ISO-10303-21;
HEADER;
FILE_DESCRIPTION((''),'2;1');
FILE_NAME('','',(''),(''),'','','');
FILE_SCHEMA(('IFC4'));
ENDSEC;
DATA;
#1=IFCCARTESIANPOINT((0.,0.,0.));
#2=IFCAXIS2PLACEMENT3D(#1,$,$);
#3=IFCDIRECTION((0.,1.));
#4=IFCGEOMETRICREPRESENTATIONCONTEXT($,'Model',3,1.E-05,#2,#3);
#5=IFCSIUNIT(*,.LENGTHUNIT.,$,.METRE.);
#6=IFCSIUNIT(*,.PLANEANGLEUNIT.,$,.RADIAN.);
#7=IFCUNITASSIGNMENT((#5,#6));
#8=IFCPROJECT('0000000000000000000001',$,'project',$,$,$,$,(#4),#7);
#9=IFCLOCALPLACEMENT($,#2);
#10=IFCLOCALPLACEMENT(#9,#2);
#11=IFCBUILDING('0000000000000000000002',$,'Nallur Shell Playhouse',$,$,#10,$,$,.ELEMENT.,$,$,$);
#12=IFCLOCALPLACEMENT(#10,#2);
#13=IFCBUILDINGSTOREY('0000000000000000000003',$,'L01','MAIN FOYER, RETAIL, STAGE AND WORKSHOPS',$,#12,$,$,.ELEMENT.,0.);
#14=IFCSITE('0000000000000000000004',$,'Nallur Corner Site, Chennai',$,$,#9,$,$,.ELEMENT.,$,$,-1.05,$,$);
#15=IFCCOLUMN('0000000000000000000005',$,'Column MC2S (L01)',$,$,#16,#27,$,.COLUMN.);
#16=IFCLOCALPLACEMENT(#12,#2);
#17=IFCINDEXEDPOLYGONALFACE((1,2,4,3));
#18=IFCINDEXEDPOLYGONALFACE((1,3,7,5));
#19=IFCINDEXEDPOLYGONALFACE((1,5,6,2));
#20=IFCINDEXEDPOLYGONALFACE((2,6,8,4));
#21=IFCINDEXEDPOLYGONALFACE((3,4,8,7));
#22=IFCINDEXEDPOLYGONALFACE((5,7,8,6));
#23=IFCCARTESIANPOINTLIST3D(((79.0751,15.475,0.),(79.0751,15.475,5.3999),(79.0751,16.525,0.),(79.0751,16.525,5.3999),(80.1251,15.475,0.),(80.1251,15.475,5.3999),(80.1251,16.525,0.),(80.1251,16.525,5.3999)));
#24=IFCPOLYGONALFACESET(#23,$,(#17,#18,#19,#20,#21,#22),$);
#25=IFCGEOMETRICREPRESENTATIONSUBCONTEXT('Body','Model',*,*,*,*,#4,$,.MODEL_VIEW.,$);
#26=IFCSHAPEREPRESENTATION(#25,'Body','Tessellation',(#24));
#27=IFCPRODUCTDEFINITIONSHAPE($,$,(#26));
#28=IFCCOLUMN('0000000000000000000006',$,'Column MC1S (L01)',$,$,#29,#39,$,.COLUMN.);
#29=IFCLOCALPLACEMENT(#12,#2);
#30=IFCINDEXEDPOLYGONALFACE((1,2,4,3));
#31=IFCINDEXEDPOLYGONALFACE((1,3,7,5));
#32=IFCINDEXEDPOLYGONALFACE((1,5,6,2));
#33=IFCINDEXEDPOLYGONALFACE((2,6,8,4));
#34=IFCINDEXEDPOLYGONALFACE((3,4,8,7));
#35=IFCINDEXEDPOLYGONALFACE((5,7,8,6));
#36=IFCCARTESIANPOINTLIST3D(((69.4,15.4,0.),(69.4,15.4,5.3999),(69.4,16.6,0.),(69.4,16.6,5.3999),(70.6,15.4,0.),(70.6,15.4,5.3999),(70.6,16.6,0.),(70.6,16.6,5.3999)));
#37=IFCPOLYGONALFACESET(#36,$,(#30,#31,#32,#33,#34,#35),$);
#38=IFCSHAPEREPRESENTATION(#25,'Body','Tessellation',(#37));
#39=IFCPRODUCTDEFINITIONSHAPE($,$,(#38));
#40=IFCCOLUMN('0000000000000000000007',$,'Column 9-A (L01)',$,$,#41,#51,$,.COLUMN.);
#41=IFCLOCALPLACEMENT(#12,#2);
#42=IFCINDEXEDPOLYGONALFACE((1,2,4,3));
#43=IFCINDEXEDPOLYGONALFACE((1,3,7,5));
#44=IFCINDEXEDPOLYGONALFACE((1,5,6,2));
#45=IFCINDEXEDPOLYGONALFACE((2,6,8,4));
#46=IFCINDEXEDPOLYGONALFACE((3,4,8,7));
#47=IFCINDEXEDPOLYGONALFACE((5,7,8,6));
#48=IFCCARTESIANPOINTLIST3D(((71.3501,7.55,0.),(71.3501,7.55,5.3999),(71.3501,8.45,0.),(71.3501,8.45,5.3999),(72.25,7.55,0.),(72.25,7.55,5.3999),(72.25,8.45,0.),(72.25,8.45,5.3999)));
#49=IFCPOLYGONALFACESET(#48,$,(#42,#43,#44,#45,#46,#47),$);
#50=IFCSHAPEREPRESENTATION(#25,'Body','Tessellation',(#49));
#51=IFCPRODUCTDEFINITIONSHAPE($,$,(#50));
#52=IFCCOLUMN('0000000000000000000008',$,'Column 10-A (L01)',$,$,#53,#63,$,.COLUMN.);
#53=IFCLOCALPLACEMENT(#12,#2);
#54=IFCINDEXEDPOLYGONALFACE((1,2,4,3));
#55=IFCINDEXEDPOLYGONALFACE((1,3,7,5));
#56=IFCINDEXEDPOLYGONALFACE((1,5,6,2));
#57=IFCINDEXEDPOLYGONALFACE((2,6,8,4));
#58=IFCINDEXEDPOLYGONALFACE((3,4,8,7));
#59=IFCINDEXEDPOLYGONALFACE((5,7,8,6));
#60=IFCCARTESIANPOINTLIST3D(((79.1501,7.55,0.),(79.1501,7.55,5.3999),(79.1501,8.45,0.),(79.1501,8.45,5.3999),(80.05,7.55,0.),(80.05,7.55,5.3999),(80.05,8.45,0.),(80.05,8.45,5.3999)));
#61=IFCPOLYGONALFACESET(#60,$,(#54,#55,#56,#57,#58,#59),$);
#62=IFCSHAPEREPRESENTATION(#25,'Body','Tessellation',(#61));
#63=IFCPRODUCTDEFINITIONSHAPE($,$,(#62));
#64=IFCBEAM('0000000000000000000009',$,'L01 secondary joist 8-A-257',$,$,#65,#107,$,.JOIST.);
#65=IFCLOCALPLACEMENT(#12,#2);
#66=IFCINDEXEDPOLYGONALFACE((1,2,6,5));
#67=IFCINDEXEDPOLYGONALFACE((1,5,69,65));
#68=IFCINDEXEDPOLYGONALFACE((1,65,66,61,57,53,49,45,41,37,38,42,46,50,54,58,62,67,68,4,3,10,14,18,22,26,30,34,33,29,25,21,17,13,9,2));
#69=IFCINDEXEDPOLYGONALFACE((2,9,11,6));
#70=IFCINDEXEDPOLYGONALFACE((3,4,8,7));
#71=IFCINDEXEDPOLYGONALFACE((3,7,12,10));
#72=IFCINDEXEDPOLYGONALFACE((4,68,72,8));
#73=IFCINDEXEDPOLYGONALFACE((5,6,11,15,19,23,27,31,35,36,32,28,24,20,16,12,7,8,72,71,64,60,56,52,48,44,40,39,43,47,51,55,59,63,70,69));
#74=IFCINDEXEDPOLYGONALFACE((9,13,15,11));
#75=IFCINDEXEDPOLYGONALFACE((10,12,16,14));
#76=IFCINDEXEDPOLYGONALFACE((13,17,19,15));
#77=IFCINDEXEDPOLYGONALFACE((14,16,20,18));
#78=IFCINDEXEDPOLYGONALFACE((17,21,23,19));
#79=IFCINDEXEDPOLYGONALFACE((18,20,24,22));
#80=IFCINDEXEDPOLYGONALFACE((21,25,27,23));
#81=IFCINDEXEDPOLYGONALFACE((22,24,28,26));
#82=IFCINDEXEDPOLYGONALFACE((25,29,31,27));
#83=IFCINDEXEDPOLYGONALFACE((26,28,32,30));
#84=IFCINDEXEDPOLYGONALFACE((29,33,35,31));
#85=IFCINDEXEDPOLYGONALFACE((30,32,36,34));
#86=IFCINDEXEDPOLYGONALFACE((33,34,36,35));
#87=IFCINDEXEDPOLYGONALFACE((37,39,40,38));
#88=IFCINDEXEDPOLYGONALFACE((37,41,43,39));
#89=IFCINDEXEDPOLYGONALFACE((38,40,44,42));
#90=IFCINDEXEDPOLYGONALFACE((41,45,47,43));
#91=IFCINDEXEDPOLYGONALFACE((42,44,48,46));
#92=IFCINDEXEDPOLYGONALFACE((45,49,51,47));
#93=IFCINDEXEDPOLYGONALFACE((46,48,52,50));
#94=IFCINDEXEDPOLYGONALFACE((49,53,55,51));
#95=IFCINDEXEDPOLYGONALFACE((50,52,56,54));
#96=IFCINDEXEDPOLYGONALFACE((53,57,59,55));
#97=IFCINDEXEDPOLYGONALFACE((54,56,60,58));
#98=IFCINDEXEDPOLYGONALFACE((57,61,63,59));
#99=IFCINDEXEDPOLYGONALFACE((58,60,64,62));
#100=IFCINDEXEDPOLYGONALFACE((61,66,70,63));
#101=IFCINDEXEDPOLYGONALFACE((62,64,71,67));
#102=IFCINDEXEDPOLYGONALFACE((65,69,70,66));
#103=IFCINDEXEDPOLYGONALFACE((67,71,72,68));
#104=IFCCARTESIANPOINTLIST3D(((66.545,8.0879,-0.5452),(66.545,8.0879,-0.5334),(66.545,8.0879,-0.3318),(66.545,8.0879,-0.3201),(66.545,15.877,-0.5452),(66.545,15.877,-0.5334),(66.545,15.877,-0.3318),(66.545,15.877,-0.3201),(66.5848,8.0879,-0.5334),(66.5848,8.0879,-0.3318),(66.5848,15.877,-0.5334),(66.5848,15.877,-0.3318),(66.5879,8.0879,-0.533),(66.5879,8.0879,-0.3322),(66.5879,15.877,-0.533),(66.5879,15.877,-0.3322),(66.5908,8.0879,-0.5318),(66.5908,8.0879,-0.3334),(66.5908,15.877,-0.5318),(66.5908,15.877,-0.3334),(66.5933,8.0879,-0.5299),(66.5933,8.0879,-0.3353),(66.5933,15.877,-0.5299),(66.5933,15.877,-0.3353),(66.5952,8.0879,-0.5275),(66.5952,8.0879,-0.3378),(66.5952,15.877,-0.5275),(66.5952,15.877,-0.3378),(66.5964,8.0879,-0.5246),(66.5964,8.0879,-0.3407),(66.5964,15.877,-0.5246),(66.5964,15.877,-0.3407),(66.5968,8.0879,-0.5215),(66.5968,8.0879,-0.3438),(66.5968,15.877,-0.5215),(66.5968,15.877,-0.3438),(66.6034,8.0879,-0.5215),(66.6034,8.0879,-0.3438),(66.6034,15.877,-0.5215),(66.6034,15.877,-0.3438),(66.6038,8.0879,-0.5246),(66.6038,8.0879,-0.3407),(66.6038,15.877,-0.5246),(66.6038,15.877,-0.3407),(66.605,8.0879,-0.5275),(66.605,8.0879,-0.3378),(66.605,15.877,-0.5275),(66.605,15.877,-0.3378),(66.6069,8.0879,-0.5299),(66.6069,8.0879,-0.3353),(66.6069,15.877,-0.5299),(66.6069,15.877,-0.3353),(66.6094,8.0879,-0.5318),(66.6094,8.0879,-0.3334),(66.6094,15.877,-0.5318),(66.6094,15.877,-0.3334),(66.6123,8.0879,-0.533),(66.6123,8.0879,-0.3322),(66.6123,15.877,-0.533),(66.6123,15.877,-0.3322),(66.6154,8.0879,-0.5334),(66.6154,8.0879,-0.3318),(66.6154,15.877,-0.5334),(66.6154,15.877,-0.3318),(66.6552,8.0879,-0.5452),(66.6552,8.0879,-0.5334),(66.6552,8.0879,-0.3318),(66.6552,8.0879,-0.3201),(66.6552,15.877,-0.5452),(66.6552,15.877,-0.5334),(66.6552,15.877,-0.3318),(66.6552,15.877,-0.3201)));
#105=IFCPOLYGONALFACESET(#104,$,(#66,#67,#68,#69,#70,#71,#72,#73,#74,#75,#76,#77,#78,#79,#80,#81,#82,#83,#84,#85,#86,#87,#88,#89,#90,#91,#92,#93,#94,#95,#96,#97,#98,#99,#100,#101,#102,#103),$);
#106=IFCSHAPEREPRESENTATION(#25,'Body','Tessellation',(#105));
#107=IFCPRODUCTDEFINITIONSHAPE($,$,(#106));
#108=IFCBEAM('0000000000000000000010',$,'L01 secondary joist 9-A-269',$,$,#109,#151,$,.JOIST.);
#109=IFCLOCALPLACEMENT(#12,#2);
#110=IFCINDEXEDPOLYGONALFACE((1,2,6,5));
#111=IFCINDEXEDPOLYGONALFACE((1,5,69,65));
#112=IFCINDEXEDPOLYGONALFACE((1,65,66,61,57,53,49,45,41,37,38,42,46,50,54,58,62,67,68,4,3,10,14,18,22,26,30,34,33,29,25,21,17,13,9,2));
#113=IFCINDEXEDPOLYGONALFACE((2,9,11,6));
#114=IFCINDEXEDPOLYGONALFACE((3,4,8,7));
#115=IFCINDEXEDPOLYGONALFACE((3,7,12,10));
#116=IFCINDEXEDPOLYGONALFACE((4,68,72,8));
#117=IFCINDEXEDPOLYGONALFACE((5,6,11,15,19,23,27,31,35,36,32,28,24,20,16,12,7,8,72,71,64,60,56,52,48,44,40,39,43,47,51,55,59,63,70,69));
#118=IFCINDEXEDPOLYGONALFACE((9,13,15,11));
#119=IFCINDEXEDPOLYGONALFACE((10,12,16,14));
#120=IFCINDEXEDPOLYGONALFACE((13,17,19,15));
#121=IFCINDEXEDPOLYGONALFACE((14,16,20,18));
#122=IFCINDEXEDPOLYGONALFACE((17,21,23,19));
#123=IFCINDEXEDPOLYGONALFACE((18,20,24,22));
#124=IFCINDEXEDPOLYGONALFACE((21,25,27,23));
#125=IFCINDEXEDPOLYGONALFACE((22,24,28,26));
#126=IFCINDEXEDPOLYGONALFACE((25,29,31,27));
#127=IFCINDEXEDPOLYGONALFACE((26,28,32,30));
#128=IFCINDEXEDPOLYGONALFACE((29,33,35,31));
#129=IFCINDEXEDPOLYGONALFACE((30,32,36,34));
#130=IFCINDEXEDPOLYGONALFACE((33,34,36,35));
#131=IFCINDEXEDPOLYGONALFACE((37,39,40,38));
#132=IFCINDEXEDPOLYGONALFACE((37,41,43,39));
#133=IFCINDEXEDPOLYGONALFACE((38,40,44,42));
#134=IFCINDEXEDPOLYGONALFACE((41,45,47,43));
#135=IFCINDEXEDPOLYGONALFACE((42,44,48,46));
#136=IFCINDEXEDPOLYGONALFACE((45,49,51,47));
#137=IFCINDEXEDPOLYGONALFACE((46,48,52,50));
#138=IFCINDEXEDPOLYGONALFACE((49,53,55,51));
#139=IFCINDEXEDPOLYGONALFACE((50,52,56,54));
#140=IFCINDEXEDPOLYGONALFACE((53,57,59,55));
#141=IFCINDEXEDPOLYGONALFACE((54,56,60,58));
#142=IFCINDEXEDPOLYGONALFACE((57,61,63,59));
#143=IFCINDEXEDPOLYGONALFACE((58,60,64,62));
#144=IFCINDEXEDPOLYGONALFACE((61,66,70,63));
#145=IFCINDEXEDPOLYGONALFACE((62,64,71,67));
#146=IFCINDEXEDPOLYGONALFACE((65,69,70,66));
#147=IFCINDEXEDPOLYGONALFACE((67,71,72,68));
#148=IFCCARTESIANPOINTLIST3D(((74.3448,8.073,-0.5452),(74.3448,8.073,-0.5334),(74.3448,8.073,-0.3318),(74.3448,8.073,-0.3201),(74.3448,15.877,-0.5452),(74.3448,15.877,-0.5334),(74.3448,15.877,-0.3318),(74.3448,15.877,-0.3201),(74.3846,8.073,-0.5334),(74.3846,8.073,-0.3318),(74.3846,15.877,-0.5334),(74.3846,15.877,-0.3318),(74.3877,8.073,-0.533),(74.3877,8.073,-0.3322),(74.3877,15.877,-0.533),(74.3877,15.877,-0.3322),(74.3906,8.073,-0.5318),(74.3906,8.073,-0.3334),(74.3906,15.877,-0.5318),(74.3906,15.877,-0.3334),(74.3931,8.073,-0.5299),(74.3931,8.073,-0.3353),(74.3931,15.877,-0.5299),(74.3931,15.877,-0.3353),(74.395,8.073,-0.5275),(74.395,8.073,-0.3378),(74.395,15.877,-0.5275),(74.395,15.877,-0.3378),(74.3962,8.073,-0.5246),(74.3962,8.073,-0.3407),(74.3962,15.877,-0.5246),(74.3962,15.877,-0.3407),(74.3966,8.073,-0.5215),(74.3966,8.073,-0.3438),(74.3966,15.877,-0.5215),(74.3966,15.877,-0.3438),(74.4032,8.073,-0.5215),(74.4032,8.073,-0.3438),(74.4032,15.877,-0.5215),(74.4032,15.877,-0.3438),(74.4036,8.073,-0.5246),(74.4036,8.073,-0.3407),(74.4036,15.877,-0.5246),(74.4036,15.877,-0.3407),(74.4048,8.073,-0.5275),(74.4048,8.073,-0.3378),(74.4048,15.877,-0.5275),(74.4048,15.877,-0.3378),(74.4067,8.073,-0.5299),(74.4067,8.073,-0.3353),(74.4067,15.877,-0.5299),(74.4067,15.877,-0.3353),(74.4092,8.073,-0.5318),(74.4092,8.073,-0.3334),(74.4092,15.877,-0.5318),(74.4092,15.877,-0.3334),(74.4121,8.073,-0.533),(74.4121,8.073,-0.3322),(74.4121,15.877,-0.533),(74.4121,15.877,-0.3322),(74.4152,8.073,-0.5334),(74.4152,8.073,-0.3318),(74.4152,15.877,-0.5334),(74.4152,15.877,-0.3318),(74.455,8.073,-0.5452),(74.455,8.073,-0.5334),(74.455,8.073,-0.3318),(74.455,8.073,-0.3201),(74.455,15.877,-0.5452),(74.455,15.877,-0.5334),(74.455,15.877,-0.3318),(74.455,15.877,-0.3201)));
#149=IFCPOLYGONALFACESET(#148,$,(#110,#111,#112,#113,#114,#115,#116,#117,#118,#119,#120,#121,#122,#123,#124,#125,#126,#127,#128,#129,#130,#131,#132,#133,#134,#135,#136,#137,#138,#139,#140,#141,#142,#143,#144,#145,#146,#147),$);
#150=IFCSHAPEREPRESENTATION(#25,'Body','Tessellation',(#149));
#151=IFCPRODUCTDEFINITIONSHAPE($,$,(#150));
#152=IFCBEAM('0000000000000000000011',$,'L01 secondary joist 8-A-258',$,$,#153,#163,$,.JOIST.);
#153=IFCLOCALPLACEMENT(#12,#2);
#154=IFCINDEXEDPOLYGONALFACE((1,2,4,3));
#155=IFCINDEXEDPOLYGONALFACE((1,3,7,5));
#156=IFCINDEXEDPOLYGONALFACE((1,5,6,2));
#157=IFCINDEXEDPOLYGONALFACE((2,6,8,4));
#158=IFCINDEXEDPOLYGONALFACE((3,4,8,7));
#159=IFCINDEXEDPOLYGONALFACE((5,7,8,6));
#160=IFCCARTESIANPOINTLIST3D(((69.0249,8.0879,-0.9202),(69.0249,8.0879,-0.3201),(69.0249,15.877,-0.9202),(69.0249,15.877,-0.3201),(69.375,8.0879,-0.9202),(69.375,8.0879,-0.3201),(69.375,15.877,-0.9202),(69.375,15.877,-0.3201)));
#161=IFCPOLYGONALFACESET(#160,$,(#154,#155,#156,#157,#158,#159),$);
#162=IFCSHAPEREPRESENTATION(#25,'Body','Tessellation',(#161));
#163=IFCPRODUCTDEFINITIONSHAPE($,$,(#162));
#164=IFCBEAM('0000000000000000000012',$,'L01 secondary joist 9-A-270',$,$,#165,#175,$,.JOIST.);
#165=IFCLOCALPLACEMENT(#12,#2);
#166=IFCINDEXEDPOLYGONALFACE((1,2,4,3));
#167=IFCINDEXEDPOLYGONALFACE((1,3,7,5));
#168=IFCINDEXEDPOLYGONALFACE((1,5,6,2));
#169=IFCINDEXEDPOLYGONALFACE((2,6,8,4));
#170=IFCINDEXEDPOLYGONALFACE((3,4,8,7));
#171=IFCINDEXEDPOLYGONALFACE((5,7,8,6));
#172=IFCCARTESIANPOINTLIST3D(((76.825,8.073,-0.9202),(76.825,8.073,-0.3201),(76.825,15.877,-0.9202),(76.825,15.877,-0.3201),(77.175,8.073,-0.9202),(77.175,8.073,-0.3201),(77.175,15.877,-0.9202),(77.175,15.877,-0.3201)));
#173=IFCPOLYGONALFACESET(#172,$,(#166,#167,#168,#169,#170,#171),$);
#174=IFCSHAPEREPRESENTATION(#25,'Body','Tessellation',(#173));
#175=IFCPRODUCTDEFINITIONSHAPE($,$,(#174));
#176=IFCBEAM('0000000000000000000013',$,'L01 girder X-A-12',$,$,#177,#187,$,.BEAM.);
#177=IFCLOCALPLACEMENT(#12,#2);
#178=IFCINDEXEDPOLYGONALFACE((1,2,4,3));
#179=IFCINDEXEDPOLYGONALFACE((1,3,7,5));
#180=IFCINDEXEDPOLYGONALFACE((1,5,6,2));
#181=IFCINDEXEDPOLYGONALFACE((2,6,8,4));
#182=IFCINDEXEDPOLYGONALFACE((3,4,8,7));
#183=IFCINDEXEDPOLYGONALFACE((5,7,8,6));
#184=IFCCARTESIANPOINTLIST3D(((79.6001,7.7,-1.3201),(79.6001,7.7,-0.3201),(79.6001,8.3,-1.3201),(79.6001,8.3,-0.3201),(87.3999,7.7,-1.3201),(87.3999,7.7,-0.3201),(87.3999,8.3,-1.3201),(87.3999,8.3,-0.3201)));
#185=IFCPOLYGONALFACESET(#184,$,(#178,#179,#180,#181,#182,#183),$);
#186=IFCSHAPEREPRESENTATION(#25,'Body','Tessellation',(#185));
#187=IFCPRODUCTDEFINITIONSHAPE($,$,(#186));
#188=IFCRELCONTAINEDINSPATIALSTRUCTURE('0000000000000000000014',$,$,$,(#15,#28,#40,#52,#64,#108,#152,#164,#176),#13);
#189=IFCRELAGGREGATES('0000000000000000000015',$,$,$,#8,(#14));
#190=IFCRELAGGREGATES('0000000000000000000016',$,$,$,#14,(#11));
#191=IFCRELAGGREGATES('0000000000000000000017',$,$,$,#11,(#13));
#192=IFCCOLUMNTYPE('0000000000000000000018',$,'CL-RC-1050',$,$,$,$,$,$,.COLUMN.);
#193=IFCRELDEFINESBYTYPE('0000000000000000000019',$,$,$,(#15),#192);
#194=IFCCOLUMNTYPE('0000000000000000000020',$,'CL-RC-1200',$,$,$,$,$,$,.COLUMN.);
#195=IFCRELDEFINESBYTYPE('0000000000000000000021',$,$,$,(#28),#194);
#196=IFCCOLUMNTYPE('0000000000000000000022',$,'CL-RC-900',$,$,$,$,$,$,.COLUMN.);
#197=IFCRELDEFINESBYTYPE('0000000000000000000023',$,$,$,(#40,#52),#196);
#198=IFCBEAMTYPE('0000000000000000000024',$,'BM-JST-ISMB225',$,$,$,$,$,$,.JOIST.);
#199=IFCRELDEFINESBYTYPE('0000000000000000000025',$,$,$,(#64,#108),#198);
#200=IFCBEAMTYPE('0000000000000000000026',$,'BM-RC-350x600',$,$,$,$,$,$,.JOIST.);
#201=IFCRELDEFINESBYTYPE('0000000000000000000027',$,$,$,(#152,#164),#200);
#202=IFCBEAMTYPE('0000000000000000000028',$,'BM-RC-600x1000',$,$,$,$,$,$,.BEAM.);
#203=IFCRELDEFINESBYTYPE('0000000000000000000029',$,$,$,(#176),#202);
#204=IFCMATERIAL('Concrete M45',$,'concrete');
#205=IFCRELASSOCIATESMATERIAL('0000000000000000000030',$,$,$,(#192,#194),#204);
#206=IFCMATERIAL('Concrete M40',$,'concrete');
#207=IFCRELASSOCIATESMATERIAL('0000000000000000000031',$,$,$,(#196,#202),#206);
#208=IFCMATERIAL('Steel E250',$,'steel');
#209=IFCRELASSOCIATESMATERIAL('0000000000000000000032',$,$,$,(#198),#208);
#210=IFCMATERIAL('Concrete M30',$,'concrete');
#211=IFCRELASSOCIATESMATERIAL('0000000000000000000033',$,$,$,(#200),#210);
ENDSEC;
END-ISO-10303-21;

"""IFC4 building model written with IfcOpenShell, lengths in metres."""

from ifc_helpers import new_model, si_unit, direction, frame, origin, origin_2d, place, context, subcontext, project, spatial, rectangle, i_section, extrude, material, material_profile, profile_set, type_object, element, save


model = new_model("IFC4")

# Units and contexts
model_context = context("Model", 3, precision=1e-05, world=origin(), true_north=direction((0.0, 1.0)))
body_context = subcontext(model_context, "Body", "Model", "MODEL_VIEW")
ifc_project = project(units=[si_unit("LENGTHUNIT", "METRE"), si_unit("PLANEANGLEUNIT", "RADIAN")], contexts=[model_context])

# Site, building, storey
site_placement = place(None, origin())
site = spatial("IfcSite", under=ifc_project, at=site_placement, Name="Nallur Corner Site, Chennai", CompositionType="ELEMENT", RefElevation=-1.05)
building_placement = place(site_placement, origin())
building = spatial("IfcBuilding", under=site, at=building_placement, Name="Nallur Shell Playhouse", CompositionType="ELEMENT")
storey_placement = place(building_placement, origin())
storey = spatial("IfcBuildingStorey", under=building, at=storey_placement, Name="L01", Description="MAIN FOYER, RETAIL, STAGE AND WORKSHOPS", CompositionType="ELEMENT", Elevation=0.0)

# Columns
ifc_material_1 = material(Name="Concrete M45", Category="concrete")
ifc_material_profile_1 = material_profile(ifc_material_1, rectangle(XDim=1.05, YDim=1.05, at=origin_2d()), Name="RC 1050x1050")
ifc_profile_set_1 = profile_set([ifc_material_profile_1], Name="Concrete M45")
column_type_1 = type_object("IfcColumnType", Name="CL-RC-1050", PredefinedType="COLUMN", material=ifc_profile_set_1)
column_1_placement = place(storey_placement, frame((79.6001, 16.0, 0.0), z_axis=(0.0, 0.0, 1.0), x_axis=(1.0, 0.0, 0.0)))
element("IfcColumn", 1, at=column_1_placement, inside=storey, type_object=column_type_1, Name="Column MC2S (L01)", PredefinedType="COLUMN", context=body_context, shape_type="SweptSolid", body=[
    extrude(rectangle(XDim=1.05, YDim=1.05, at=origin_2d()), origin(), (0.0, 0.0, 1.0), 5.3999),
])
ifc_material_profile_2 = material_profile(ifc_material_1, rectangle(XDim=1.2, YDim=1.2, at=origin_2d()), Name="RC 1200x1200")
ifc_profile_set_2 = profile_set([ifc_material_profile_2], Name="Concrete M45")
column_type_2 = type_object("IfcColumnType", Name="CL-RC-1200", PredefinedType="COLUMN", material=ifc_profile_set_2)
column_2_placement = place(storey_placement, frame((70.0, 16.0, 0.0), z_axis=(0.0, 0.0, 1.0), x_axis=(1.0, 0.0, 0.0)))
element("IfcColumn", 2, at=column_2_placement, inside=storey, type_object=column_type_2, Name="Column MC1S (L01)", PredefinedType="COLUMN", context=body_context, shape_type="SweptSolid", body=[
    extrude(rectangle(XDim=1.2, YDim=1.2, at=origin_2d()), origin(), (0.0, 0.0, 1.0), 5.3999),
])
ifc_material_2 = material(Name="Concrete M40", Category="concrete")
ifc_material_profile_3 = material_profile(ifc_material_2, rectangle(XDim=0.8999, YDim=0.8999, at=origin_2d()), Name="RC 900x900")
ifc_profile_set_3 = profile_set([ifc_material_profile_3], Name="Concrete M40")
column_type_3 = type_object("IfcColumnType", Name="CL-RC-900", PredefinedType="COLUMN", material=ifc_profile_set_3)
for number, where, z_axis, x_axis, name in (
    (3, (71.8, 8.0, 0.0), (0.0, 0.0, 1.0), (1.0, 0.0, 0.0), "Column 9-A (L01)"),
    (4, (79.6001, 8.0, 0.0), (0.0, 0.0, 1.0), (1.0, 0.0, 0.0), "Column 10-A (L01)"),
):
    element("IfcColumn", number, at=place(storey_placement, frame(where, z_axis=z_axis, x_axis=x_axis)), inside=storey, type_object=column_type_3, Name=name, PredefinedType="COLUMN", context=body_context, shape_type="SweptSolid", body=[
        extrude(rectangle(XDim=0.8999, YDim=0.8999, at=origin_2d()), origin(), (0.0, 0.0, 1.0), 5.3999),
    ])

# Beams
ifc_material_3 = material(Name="Steel E250", Category="steel")
ifc_material_profile_4 = material_profile(ifc_material_3, i_section(OverallWidth=0.1101, OverallDepth=0.2251, WebThickness=0.0066, FlangeThickness=0.0117, FilletRadius=0.012, at=origin_2d()), Name="ISMB 225")
ifc_profile_set_4 = profile_set([ifc_material_profile_4], Name="Steel E250")
beam_type_1 = type_object("IfcBeamType", Name="BM-JST-ISMB225", PredefinedType="JOIST", material=ifc_profile_set_4)
beam_1_placement = place(storey_placement, frame((66.6001, 8.0879, -0.4326), z_axis=(0.0, 1.0, 0.0), x_axis=(-1.0, 0.0, 0.0)))
element("IfcBeam", 5, at=beam_1_placement, inside=storey, type_object=beam_type_1, Name="L01 secondary joist 8-A-257", PredefinedType="JOIST", context=body_context, shape_type="SweptSolid", body=[
    extrude(i_section(OverallWidth=0.1101, OverallDepth=0.2251, WebThickness=0.0066, FlangeThickness=0.0117, FilletRadius=0.012, at=origin_2d()), origin(), (0.0, 0.0, 1.0), 7.7891),
])
beam_2_placement = place(storey_placement, frame((74.3999, 8.073, -0.4326), z_axis=(0.0, 1.0, 0.0), x_axis=(-1.0, 0.0, 0.0)))
element("IfcBeam", 6, at=beam_2_placement, inside=storey, type_object=beam_type_1, Name="L01 secondary joist 9-A-269", PredefinedType="JOIST", context=body_context, shape_type="SweptSolid", body=[
    extrude(i_section(OverallWidth=0.1101, OverallDepth=0.2251, WebThickness=0.0066, FlangeThickness=0.0117, FilletRadius=0.012, at=origin_2d()), origin(), (0.0, 0.0, 1.0), 7.804),
])
ifc_material_4 = material(Name="Concrete M30", Category="concrete")
ifc_material_profile_5 = material_profile(ifc_material_4, rectangle(XDim=0.3501, YDim=0.6001, at=origin_2d()), Name="RC 350x600")
ifc_profile_set_5 = profile_set([ifc_material_profile_5], Name="Concrete M30")
beam_type_2 = type_object("IfcBeamType", Name="BM-RC-350x600", PredefinedType="JOIST", material=ifc_profile_set_5)
beam_3_placement = place(storey_placement, frame((69.2, 8.0879, -0.6201), z_axis=(0.0, 1.0, 0.0), x_axis=(-1.0, 0.0, 0.0)))
element("IfcBeam", 7, at=beam_3_placement, inside=storey, type_object=beam_type_2, Name="L01 secondary joist 8-A-258", PredefinedType="JOIST", context=body_context, shape_type="SweptSolid", body=[
    extrude(rectangle(XDim=0.3501, YDim=0.6001, at=origin_2d()), origin(), (0.0, 0.0, 1.0), 7.7891),
])
beam_4_placement = place(storey_placement, frame((77.0, 8.073, -0.6201), z_axis=(0.0, 1.0, 0.0), x_axis=(-1.0, 0.0, 0.0)))
element("IfcBeam", 8, at=beam_4_placement, inside=storey, type_object=beam_type_2, Name="L01 secondary joist 9-A-270", PredefinedType="JOIST", context=body_context, shape_type="SweptSolid", body=[
    extrude(rectangle(XDim=0.3501, YDim=0.6001, at=origin_2d()), origin(), (0.0, 0.0, 1.0), 7.804),
])
ifc_material_profile_6 = material_profile(ifc_material_2, rectangle(XDim=0.6001, YDim=1.0, at=origin_2d()), Name="RC 600x1000")
ifc_profile_set_6 = profile_set([ifc_material_profile_6], Name="Concrete M40")
beam_type_3 = type_object("IfcBeamType", Name="BM-RC-600x1000", PredefinedType="BEAM", material=ifc_profile_set_6)
beam_5_placement = place(storey_placement, frame((79.6001, 8.0, -0.8201), z_axis=(1.0, 0.0, 0.0), x_axis=(0.0, 1.0, 0.0)))
element("IfcBeam", 9, at=beam_5_placement, inside=storey, type_object=beam_type_3, Name="L01 girder X-A-12", PredefinedType="BEAM", context=body_context, shape_type="SweptSolid", body=[
    extrude(rectangle(XDim=0.6001, YDim=1.0, at=origin_2d()), origin(), (0.0, 0.0, 1.0), 7.7998),
])

save(model, "model.ifc")
